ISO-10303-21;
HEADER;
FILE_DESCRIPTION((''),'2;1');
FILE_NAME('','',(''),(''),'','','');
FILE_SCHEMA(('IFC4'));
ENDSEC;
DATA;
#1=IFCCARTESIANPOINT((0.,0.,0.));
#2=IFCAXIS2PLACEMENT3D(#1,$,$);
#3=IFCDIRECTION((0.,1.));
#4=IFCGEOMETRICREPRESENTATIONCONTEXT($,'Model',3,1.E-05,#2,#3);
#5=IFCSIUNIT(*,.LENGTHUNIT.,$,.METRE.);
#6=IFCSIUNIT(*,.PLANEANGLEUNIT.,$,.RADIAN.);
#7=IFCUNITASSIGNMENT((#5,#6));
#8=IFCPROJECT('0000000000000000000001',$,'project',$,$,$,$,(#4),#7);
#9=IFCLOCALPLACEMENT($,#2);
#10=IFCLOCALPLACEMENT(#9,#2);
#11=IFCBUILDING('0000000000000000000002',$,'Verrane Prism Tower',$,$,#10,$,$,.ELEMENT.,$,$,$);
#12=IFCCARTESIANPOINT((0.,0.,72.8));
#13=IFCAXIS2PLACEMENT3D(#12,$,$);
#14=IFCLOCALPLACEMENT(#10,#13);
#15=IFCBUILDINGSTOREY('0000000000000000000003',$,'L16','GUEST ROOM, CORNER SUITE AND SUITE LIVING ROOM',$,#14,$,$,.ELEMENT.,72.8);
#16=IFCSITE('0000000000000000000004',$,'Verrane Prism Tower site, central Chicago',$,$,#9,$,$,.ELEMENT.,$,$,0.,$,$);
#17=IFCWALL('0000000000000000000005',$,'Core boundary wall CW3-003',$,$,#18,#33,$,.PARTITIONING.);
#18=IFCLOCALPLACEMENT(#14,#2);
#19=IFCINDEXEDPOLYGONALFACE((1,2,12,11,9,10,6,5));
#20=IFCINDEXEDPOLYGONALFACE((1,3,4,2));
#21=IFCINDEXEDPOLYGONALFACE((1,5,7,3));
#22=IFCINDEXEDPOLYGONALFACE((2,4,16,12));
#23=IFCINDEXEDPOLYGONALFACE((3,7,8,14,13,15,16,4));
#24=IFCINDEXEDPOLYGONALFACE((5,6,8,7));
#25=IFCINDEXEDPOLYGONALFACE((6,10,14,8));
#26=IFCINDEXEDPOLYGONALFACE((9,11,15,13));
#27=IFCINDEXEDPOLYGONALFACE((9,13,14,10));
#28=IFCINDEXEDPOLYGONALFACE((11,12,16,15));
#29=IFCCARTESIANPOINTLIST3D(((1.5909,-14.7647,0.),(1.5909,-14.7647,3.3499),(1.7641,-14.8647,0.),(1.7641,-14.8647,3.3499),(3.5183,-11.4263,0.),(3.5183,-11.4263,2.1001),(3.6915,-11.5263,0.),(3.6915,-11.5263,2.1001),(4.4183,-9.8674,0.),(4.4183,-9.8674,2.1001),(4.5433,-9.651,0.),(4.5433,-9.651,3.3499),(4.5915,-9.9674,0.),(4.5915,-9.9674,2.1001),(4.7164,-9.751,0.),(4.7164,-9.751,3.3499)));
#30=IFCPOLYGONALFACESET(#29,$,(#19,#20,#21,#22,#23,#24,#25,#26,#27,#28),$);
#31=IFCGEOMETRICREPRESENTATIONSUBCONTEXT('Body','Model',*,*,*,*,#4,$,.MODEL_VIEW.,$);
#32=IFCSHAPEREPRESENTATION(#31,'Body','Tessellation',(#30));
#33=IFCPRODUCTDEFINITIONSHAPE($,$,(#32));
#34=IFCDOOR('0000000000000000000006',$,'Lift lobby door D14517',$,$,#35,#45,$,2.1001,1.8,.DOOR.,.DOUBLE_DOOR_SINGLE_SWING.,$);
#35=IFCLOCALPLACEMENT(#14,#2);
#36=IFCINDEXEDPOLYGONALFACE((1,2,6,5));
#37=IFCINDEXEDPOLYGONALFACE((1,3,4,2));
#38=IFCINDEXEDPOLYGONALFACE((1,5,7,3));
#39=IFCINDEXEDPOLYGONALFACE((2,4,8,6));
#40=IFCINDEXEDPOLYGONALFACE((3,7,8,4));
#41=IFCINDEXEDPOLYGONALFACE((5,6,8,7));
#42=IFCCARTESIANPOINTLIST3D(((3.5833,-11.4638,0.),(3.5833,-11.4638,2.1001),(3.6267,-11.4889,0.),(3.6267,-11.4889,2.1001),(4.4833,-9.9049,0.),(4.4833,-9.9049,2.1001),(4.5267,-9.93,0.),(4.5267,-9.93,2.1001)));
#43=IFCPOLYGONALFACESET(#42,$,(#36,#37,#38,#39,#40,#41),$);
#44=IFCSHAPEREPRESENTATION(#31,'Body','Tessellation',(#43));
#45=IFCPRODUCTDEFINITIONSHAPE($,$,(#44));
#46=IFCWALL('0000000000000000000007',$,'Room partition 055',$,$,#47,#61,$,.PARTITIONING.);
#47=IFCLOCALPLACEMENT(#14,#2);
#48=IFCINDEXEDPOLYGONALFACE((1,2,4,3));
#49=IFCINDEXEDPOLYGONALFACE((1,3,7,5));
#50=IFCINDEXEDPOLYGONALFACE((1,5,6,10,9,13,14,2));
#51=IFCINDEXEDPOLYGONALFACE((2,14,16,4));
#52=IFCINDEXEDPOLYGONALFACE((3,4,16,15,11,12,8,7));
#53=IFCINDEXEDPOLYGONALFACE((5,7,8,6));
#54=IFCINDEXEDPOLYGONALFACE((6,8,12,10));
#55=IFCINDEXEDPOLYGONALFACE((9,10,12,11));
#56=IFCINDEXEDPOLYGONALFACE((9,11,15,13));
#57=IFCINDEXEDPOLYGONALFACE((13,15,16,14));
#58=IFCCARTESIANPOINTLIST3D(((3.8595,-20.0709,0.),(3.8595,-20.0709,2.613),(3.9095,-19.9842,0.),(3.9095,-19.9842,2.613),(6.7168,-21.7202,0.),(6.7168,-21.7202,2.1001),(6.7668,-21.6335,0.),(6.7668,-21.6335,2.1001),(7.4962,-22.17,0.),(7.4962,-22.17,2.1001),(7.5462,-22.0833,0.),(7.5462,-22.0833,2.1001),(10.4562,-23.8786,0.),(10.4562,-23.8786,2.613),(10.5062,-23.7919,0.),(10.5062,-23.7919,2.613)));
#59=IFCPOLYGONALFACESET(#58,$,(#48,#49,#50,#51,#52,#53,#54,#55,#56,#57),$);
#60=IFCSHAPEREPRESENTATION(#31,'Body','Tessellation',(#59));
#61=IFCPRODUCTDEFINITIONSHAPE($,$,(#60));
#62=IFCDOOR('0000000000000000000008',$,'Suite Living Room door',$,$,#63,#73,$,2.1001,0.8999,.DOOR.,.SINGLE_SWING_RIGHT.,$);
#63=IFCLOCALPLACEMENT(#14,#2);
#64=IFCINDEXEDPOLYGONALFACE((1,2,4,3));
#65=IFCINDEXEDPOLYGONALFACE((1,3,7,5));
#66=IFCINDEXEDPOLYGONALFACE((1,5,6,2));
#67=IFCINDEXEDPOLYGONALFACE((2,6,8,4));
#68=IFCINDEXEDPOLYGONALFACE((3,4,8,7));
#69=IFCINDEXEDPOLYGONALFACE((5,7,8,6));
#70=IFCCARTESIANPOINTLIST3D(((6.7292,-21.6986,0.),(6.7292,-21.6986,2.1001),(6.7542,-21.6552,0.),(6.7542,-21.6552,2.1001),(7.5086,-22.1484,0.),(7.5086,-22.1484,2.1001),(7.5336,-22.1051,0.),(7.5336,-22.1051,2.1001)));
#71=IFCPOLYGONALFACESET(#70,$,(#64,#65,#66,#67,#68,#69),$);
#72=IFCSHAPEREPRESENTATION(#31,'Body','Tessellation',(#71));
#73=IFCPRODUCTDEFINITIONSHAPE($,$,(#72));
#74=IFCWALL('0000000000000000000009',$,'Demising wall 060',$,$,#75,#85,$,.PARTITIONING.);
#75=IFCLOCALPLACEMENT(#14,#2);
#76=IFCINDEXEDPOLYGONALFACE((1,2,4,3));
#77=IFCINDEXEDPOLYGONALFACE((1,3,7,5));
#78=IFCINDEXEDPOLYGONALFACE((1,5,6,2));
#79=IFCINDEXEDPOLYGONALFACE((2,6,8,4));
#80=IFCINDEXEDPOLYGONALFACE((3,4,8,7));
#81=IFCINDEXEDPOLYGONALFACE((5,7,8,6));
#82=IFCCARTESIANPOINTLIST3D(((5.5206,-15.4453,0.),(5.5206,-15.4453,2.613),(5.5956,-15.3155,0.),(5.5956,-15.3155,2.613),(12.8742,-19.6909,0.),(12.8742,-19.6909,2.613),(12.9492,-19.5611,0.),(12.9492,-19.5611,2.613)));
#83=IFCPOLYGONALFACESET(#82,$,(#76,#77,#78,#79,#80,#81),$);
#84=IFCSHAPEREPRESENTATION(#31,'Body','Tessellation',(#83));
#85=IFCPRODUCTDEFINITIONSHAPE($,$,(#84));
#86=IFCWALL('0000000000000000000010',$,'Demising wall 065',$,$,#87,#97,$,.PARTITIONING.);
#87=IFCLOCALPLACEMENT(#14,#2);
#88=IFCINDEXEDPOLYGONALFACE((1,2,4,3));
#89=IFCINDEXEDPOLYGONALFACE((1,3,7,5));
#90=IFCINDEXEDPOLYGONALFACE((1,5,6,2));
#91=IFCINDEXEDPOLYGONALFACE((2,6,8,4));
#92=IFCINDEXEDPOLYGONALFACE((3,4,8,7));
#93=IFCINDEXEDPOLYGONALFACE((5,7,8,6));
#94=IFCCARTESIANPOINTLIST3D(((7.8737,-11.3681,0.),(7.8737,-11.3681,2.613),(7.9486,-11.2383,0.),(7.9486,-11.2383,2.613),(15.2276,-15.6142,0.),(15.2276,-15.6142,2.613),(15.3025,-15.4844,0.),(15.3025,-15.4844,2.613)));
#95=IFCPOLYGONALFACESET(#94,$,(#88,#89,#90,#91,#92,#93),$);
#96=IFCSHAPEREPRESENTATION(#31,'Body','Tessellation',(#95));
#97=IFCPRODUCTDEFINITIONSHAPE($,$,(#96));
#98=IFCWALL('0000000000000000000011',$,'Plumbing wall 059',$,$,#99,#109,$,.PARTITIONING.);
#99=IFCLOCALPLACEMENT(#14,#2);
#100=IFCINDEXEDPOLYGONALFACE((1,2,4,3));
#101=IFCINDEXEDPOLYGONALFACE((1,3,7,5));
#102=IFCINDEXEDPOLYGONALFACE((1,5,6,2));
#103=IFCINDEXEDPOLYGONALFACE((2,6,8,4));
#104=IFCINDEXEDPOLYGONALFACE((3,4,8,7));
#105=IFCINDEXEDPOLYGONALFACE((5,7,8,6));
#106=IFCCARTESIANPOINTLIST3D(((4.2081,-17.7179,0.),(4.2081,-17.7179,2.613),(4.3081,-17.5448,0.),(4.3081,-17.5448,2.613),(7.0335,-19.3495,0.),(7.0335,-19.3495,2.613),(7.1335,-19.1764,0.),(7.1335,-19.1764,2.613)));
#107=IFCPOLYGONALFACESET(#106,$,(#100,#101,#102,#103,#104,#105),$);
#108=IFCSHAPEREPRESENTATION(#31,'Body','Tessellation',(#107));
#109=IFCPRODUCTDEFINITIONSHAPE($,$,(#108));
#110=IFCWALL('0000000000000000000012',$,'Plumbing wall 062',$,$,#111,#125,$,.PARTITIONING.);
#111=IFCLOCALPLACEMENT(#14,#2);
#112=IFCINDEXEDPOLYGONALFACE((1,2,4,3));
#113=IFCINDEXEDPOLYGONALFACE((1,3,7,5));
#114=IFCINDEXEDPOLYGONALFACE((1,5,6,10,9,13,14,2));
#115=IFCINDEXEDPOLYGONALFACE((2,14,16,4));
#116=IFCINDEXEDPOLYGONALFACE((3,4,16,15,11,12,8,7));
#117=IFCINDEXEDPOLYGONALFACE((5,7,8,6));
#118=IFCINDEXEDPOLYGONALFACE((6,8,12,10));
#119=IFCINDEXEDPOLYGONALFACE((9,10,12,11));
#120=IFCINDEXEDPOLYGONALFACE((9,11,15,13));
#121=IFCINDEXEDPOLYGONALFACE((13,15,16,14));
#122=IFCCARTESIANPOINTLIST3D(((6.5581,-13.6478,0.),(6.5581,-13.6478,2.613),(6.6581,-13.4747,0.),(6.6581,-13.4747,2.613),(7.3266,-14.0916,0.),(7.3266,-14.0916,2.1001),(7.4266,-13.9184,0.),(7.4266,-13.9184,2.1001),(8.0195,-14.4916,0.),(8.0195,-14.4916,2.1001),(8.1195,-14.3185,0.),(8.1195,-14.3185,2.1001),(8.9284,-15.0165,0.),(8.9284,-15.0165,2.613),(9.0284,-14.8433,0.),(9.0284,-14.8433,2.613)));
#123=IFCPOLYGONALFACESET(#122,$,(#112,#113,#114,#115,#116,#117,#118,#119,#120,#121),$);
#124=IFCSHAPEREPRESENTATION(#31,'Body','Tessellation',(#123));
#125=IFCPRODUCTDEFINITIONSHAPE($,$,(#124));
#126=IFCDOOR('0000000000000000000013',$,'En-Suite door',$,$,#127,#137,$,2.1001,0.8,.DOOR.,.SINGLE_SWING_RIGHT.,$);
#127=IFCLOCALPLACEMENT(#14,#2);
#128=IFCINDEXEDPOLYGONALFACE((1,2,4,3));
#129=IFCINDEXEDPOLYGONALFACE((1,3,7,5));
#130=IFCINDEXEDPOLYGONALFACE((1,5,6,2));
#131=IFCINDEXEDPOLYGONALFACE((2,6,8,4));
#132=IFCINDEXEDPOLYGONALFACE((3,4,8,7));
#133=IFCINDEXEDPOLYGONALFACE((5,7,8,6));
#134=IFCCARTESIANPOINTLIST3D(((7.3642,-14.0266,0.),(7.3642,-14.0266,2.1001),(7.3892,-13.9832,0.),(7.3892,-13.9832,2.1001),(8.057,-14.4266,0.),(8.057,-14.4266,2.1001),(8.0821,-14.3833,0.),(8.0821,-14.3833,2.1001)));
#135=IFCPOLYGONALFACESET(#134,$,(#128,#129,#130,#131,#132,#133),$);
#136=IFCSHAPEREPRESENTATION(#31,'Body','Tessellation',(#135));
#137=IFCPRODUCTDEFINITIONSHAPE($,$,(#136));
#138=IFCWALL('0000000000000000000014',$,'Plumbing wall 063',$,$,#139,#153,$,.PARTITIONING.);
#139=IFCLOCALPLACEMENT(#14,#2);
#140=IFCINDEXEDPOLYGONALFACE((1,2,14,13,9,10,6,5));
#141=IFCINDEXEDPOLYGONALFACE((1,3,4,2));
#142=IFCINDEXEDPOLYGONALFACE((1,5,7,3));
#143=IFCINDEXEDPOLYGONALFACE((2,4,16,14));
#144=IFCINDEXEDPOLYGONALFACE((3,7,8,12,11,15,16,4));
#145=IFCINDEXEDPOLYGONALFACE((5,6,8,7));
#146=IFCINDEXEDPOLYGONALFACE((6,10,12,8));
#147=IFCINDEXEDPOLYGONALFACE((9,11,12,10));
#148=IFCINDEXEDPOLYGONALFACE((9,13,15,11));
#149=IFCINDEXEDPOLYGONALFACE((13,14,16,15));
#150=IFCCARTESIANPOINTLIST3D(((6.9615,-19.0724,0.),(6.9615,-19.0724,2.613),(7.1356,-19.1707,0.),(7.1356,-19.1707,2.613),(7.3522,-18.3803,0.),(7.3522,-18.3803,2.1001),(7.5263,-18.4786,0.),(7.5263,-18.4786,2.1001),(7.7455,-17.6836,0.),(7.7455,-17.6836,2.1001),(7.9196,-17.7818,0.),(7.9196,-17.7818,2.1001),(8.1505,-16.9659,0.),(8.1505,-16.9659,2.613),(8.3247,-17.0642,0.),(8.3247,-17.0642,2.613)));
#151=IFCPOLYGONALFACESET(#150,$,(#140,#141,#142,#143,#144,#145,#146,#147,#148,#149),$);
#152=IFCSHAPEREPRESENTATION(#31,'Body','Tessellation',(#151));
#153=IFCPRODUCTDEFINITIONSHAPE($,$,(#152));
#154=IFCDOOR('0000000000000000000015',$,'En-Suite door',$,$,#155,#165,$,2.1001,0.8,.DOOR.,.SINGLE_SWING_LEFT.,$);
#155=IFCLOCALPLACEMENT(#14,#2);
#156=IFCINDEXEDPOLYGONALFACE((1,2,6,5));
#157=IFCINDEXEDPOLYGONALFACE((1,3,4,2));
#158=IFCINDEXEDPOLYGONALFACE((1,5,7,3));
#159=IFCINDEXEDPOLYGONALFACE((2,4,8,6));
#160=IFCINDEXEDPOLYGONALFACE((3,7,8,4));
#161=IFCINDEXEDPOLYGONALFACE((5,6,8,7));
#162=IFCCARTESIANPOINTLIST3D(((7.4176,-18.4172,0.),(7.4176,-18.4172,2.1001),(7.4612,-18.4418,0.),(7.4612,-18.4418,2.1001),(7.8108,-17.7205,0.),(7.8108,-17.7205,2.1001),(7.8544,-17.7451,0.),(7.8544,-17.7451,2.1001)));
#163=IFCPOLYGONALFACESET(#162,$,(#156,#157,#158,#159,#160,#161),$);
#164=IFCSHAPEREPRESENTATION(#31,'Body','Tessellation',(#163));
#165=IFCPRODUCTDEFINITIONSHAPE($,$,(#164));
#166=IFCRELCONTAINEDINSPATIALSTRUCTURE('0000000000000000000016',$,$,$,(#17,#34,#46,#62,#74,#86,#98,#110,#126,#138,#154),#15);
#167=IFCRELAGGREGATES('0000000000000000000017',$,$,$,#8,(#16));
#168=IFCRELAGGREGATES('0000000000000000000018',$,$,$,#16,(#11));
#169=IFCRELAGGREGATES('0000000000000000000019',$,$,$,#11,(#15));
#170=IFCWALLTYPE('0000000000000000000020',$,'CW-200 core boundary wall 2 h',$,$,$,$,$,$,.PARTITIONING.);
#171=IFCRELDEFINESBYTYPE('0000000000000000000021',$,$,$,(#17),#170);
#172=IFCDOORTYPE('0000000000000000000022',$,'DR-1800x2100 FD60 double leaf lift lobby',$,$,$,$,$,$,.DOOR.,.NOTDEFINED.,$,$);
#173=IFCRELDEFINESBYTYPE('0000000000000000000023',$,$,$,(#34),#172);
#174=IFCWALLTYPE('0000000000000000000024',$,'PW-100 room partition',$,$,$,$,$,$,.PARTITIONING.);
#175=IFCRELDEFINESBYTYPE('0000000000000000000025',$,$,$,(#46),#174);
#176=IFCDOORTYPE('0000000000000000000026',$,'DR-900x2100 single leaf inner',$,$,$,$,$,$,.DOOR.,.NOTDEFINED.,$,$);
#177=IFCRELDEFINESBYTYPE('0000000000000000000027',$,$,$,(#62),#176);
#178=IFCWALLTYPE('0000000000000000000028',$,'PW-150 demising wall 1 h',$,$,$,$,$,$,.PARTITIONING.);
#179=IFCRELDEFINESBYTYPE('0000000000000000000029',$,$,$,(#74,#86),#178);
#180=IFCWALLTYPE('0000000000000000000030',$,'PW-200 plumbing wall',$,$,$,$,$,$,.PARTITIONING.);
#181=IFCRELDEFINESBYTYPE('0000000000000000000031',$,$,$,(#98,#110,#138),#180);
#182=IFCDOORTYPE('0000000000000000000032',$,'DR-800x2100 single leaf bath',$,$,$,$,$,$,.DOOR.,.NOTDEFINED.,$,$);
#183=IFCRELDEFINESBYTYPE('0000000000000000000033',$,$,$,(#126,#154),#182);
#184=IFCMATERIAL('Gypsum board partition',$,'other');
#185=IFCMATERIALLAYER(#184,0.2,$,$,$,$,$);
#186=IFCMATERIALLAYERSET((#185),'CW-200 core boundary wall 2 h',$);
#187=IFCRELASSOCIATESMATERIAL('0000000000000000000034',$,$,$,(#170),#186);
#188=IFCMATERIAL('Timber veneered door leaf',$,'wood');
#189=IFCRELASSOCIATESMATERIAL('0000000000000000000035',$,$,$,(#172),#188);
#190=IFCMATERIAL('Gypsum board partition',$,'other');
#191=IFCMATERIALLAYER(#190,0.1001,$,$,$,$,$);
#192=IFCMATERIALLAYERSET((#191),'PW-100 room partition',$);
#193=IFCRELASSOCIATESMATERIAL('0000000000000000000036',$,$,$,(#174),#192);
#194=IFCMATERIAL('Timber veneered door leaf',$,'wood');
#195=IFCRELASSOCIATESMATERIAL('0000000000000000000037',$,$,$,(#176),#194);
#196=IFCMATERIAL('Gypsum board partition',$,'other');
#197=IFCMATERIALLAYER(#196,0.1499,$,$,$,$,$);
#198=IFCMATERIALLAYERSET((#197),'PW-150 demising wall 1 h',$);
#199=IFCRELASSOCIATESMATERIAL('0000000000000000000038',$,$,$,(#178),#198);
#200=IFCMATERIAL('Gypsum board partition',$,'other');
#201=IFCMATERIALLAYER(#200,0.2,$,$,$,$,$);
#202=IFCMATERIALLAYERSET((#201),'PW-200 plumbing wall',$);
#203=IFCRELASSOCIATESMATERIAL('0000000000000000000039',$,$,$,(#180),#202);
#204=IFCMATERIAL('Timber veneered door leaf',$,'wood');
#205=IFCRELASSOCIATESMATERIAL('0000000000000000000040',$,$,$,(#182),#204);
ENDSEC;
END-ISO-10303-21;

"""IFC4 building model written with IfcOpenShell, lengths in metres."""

from ifc_helpers import new_model, si_unit, direction, frame, frame_2d, origin, place, context, subcontext, project, spatial, rectangle, extrude, material, layer, layer_set, type_object, element, fill, save


model = new_model("IFC4")

# Units and contexts
model_context = context("Model", 3, precision=1e-05, world=origin(), true_north=direction((0.0, 1.0)))
body_context = subcontext(model_context, "Body", "Model", "MODEL_VIEW")
ifc_project = project(units=[si_unit("LENGTHUNIT", "METRE"), si_unit("PLANEANGLEUNIT", "RADIAN")], contexts=[model_context])

# Site, building, storey
site_placement = place(None, origin())
site = spatial("IfcSite", under=ifc_project, at=site_placement, Name="Verrane Prism Tower site, central Chicago", CompositionType="ELEMENT", RefElevation=0.0)
building_placement = place(site_placement, origin())
building = spatial("IfcBuilding", under=site, at=building_placement, Name="Verrane Prism Tower", CompositionType="ELEMENT")
storey_placement = place(building_placement, frame((0.0, 0.0, 72.8)))
storey = spatial("IfcBuildingStorey", under=building, at=storey_placement, Name="L16", Description="GUEST ROOM, CORNER SUITE AND SUITE LIVING ROOM", CompositionType="ELEMENT", Elevation=72.8)

# Walls, openings, doors
ifc_material_1 = material(Name="Gypsum board partition", Category="other")
ifc_layer_1 = layer(ifc_material_1, 0.2)
ifc_layer_set_1 = layer_set([ifc_layer_1], Name="CW-200 core boundary wall 2 h")
wall_type_1 = type_object("IfcWallType", Name="CW-200 core boundary wall 2 h", PredefinedType="PARTITIONING", material=ifc_layer_set_1)
wall_1_placement = place(storey_placement, frame((1.6775, -14.8147, 0.0), z_axis=(0.0, 0.0, 1.0), x_axis=(0.499994, 0.866029, 0.0)))
wall_1 = element("IfcWall", 1, at=wall_1_placement, inside=storey, type_object=wall_type_1, Name="Core boundary wall CW3-003", PredefinedType="PARTITIONING", context=body_context, shape_type="SweptSolid", body=[
    extrude(rectangle(XDim=5.9048, YDim=0.2, at=frame_2d((2.9524, 0.0))), origin(), (0.0, 0.0, 1.0), 3.3499),
])
opening_1_placement = place(wall_1_placement, frame((3.855, 0.0, 0.0)))
opening_1 = element("IfcOpeningElement", 2, at=opening_1_placement, cuts=wall_1, PredefinedType="OPENING", context=body_context, shape_type="SweptSolid", body=[
    extrude(rectangle(XDim=1.8, YDim=2.1001, at=frame_2d((0.8999, 1.05))), frame((0.0, 0.1099, 0.0), z_axis=(0.0, -1.0, 0.0), x_axis=(1.0, 0.0, 0.0)), (0.0, 0.0, 1.0), 0.22),
])
ifc_material_2 = material(Name="Timber veneered door leaf", Category="wood")
door_type_1 = type_object("IfcDoorType", Name="DR-1800x2100 FD60 double leaf lift lobby", OperationType="NOTDEFINED", PredefinedType="DOOR", material=ifc_material_2)
door_1_placement = place(opening_1_placement, origin())
door_1 = element("IfcDoor", 3, at=door_1_placement, inside=storey, type_object=door_type_1, Name="Lift lobby door D14517", OperationType="DOUBLE_DOOR_SINGLE_SWING", OverallHeight=2.1001, OverallWidth=1.8, PredefinedType="DOOR", context=body_context, shape_type="SweptSolid", body=[
    extrude(rectangle(XDim=1.8, YDim=2.1001, at=frame_2d((0.8999, 1.05))), frame((0.0, 0.0249, 0.0), z_axis=(0.0, -1.0, 0.0), x_axis=(1.0, 0.0, 0.0)), (0.0, 0.0, 1.0), 0.05),
])
fill(opening_1, door_1)
ifc_material_3 = material(Name="Gypsum board partition", Category="other")
ifc_layer_2 = layer(ifc_material_3, 0.1001)
ifc_layer_set_2 = layer_set([ifc_layer_2], Name="PW-100 room partition")
wall_type_2 = type_object("IfcWallType", Name="PW-100 room partition", PredefinedType="PARTITIONING", material=ifc_layer_set_2)
wall_2_placement = place(storey_placement, frame((3.8845, -20.0276, 0.0), z_axis=(0.0, 0.0, 1.0), x_axis=(0.866081, -0.499904, 0.0)))
wall_2 = element("IfcWall", 4, at=wall_2_placement, inside=storey, type_object=wall_type_2, Name="Room partition 055", PredefinedType="PARTITIONING", context=body_context, shape_type="SweptSolid", body=[
    extrude(rectangle(XDim=7.6167, YDim=0.1001, at=frame_2d((3.8083, 0.0))), origin(), (0.0, 0.0, 1.0), 2.613),
])
opening_2_placement = place(wall_2_placement, frame((3.2991, 0.0, 0.0)))
opening_2 = element("IfcOpeningElement", 5, at=opening_2_placement, cuts=wall_2, PredefinedType="OPENING", context=body_context, shape_type="SweptSolid", body=[
    extrude(rectangle(XDim=0.8999, YDim=2.1001, at=frame_2d((0.45, 1.05))), frame((0.0, 0.0601, 0.0), z_axis=(0.0, -1.0, 0.0), x_axis=(1.0, 0.0, 0.0)), (0.0, 0.0, 1.0), 0.1201),
])
ifc_material_4 = material(Name="Timber veneered door leaf", Category="wood")
door_type_2 = type_object("IfcDoorType", Name="DR-900x2100 single leaf inner", OperationType="NOTDEFINED", PredefinedType="DOOR", material=ifc_material_4)
door_2_placement = place(opening_2_placement, origin())
door_2 = element("IfcDoor", 6, at=door_2_placement, inside=storey, type_object=door_type_2, Name="Suite Living Room door", OperationType="SINGLE_SWING_RIGHT", OverallHeight=2.1001, OverallWidth=0.8999, PredefinedType="DOOR", context=body_context, shape_type="SweptSolid", body=[
    extrude(rectangle(XDim=0.8999, YDim=2.1001, at=frame_2d((0.45, 1.05))), frame((0.0, 0.0249, 0.0), z_axis=(0.0, -1.0, 0.0), x_axis=(1.0, 0.0, 0.0)), (0.0, 0.0, 1.0), 0.05),
])
fill(opening_2, door_2)

# Walls
ifc_material_5 = material(Name="Gypsum board partition", Category="other")
ifc_layer_3 = layer(ifc_material_5, 0.1499)
ifc_layer_set_3 = layer_set([ifc_layer_3], Name="PW-150 demising wall 1 h")
wall_type_3 = type_object("IfcWallType", Name="PW-150 demising wall 1 h", PredefinedType="PARTITIONING", material=ifc_layer_set_3)
wall_3_placement = place(storey_placement, frame((5.5581, -15.3804, 0.0), z_axis=(0.0, 0.0, 1.0), x_axis=(0.866023, -0.500005, 0.0)))
element("IfcWall", 7, at=wall_3_placement, inside=storey, type_object=wall_type_3, Name="Demising wall 060", PredefinedType="PARTITIONING", context=body_context, shape_type="SweptSolid", body=[
    extrude(rectangle(XDim=8.4912, YDim=0.1499, at=frame_2d((4.2456, 0.0))), origin(), (0.0, 0.0, 1.0), 2.613),
])
wall_4_placement = place(storey_placement, frame((7.9111, -11.3032, 0.0), z_axis=(0.0, 0.0, 1.0), x_axis=(0.866012, -0.500023, 0.0)))
element("IfcWall", 8, at=wall_4_placement, inside=storey, type_object=wall_type_3, Name="Demising wall 065", PredefinedType="PARTITIONING", context=body_context, shape_type="SweptSolid", body=[
    extrude(rectangle(XDim=8.4917, YDim=0.1499, at=frame_2d((4.2458, 0.0))), origin(), (0.0, 0.0, 1.0), 2.613),
])
ifc_material_6 = material(Name="Gypsum board partition", Category="other")
ifc_layer_4 = layer(ifc_material_6, 0.2)
ifc_layer_set_4 = layer_set([ifc_layer_4], Name="PW-200 plumbing wall")
wall_type_4 = type_object("IfcWallType", Name="PW-200 plumbing wall", PredefinedType="PARTITIONING", material=ifc_layer_set_4)
wall_5_placement = place(storey_placement, frame((4.2581, -17.6313, 0.0), z_axis=(0.0, 0.0, 1.0), x_axis=(0.865982, -0.500074, 0.0)))
element("IfcWall", 9, at=wall_5_placement, inside=storey, type_object=wall_type_4, Name="Plumbing wall 059", PredefinedType="PARTITIONING", context=body_context, shape_type="SweptSolid", body=[
    extrude(rectangle(XDim=3.2627, YDim=0.2, at=frame_2d((1.6313, 0.0))), origin(), (0.0, 0.0, 1.0), 2.613),
])

# Walls, openings, doors
wall_6_placement = place(storey_placement, frame((8.9785, -14.9299, 0.0), z_axis=(0.0, 0.0, 1.0), x_axis=(-0.866006, 0.500034, 0.0)))
wall_6 = element("IfcWall", 10, at=wall_6_placement, inside=storey, type_object=wall_type_4, Name="Plumbing wall 062", PredefinedType="PARTITIONING", context=body_context, shape_type="SweptSolid", body=[
    extrude(rectangle(XDim=2.7371, YDim=0.2, at=frame_2d((1.3687, 0.0))), origin(), (0.0, 0.0, 1.0), 2.613),
])
opening_3_placement = place(wall_6_placement, frame((1.0498, 0.0, 0.0)))
opening_3 = element("IfcOpeningElement", 11, at=opening_3_placement, cuts=wall_6, PredefinedType="OPENING", context=body_context, shape_type="SweptSolid", body=[
    extrude(rectangle(XDim=0.8, YDim=2.1001, at=frame_2d((0.3999, 1.05))), frame((0.0, 0.1099, 0.0), z_axis=(0.0, -1.0, 0.0), x_axis=(1.0, 0.0, 0.0)), (0.0, 0.0, 1.0), 0.22),
])
ifc_material_7 = material(Name="Timber veneered door leaf", Category="wood")
door_type_3 = type_object("IfcDoorType", Name="DR-800x2100 single leaf bath", OperationType="NOTDEFINED", PredefinedType="DOOR", material=ifc_material_7)
door_3_placement = place(opening_3_placement, origin())
door_3 = element("IfcDoor", 12, at=door_3_placement, inside=storey, type_object=door_type_3, Name="En-Suite door", OperationType="SINGLE_SWING_RIGHT", OverallHeight=2.1001, OverallWidth=0.8, PredefinedType="DOOR", context=body_context, shape_type="SweptSolid", body=[
    extrude(rectangle(XDim=0.8, YDim=2.1001, at=frame_2d((0.3999, 1.05))), frame((0.0, 0.0249, 0.0), z_axis=(0.0, -1.0, 0.0), x_axis=(1.0, 0.0, 0.0)), (0.0, 0.0, 1.0), 0.05),
])
fill(opening_3, door_3)
wall_7_placement = place(storey_placement, frame((7.0486, -19.1216, 0.0), z_axis=(0.0, 0.0, 1.0), x_axis=(0.491545, 0.870852, 0.0)))
wall_7 = element("IfcWall", 13, at=wall_7_placement, inside=storey, type_object=wall_type_4, Name="Plumbing wall 063", PredefinedType="PARTITIONING", context=body_context, shape_type="SweptSolid", body=[
    extrude(rectangle(XDim=2.4189, YDim=0.2, at=frame_2d((1.2095, 0.0))), origin(), (0.0, 0.0, 1.0), 2.613),
])
opening_4_placement = place(wall_7_placement, frame((0.7949, 0.0, 0.0)))
opening_4 = element("IfcOpeningElement", 14, at=opening_4_placement, cuts=wall_7, PredefinedType="OPENING", context=body_context, shape_type="SweptSolid", body=[
    extrude(rectangle(XDim=0.8, YDim=2.1001, at=frame_2d((0.3999, 1.05))), frame((0.0, 0.1099, 0.0), z_axis=(0.0, -1.0, 0.0), x_axis=(1.0, 0.0, 0.0)), (0.0, 0.0, 1.0), 0.22),
])
door_4_placement = place(opening_4_placement, origin())
door_4 = element("IfcDoor", 15, at=door_4_placement, inside=storey, type_object=door_type_3, Name="En-Suite door", OperationType="SINGLE_SWING_LEFT", OverallHeight=2.1001, OverallWidth=0.8, PredefinedType="DOOR", context=body_context, shape_type="SweptSolid", body=[
    extrude(rectangle(XDim=0.8, YDim=2.1001, at=frame_2d((0.3999, 1.05))), frame((0.0, 0.0249, 0.0), z_axis=(0.0, -1.0, 0.0), x_axis=(1.0, 0.0, 0.0)), (0.0, 0.0, 1.0), 0.05),
])
fill(opening_4, door_4)

save(model, "model.ifc")
